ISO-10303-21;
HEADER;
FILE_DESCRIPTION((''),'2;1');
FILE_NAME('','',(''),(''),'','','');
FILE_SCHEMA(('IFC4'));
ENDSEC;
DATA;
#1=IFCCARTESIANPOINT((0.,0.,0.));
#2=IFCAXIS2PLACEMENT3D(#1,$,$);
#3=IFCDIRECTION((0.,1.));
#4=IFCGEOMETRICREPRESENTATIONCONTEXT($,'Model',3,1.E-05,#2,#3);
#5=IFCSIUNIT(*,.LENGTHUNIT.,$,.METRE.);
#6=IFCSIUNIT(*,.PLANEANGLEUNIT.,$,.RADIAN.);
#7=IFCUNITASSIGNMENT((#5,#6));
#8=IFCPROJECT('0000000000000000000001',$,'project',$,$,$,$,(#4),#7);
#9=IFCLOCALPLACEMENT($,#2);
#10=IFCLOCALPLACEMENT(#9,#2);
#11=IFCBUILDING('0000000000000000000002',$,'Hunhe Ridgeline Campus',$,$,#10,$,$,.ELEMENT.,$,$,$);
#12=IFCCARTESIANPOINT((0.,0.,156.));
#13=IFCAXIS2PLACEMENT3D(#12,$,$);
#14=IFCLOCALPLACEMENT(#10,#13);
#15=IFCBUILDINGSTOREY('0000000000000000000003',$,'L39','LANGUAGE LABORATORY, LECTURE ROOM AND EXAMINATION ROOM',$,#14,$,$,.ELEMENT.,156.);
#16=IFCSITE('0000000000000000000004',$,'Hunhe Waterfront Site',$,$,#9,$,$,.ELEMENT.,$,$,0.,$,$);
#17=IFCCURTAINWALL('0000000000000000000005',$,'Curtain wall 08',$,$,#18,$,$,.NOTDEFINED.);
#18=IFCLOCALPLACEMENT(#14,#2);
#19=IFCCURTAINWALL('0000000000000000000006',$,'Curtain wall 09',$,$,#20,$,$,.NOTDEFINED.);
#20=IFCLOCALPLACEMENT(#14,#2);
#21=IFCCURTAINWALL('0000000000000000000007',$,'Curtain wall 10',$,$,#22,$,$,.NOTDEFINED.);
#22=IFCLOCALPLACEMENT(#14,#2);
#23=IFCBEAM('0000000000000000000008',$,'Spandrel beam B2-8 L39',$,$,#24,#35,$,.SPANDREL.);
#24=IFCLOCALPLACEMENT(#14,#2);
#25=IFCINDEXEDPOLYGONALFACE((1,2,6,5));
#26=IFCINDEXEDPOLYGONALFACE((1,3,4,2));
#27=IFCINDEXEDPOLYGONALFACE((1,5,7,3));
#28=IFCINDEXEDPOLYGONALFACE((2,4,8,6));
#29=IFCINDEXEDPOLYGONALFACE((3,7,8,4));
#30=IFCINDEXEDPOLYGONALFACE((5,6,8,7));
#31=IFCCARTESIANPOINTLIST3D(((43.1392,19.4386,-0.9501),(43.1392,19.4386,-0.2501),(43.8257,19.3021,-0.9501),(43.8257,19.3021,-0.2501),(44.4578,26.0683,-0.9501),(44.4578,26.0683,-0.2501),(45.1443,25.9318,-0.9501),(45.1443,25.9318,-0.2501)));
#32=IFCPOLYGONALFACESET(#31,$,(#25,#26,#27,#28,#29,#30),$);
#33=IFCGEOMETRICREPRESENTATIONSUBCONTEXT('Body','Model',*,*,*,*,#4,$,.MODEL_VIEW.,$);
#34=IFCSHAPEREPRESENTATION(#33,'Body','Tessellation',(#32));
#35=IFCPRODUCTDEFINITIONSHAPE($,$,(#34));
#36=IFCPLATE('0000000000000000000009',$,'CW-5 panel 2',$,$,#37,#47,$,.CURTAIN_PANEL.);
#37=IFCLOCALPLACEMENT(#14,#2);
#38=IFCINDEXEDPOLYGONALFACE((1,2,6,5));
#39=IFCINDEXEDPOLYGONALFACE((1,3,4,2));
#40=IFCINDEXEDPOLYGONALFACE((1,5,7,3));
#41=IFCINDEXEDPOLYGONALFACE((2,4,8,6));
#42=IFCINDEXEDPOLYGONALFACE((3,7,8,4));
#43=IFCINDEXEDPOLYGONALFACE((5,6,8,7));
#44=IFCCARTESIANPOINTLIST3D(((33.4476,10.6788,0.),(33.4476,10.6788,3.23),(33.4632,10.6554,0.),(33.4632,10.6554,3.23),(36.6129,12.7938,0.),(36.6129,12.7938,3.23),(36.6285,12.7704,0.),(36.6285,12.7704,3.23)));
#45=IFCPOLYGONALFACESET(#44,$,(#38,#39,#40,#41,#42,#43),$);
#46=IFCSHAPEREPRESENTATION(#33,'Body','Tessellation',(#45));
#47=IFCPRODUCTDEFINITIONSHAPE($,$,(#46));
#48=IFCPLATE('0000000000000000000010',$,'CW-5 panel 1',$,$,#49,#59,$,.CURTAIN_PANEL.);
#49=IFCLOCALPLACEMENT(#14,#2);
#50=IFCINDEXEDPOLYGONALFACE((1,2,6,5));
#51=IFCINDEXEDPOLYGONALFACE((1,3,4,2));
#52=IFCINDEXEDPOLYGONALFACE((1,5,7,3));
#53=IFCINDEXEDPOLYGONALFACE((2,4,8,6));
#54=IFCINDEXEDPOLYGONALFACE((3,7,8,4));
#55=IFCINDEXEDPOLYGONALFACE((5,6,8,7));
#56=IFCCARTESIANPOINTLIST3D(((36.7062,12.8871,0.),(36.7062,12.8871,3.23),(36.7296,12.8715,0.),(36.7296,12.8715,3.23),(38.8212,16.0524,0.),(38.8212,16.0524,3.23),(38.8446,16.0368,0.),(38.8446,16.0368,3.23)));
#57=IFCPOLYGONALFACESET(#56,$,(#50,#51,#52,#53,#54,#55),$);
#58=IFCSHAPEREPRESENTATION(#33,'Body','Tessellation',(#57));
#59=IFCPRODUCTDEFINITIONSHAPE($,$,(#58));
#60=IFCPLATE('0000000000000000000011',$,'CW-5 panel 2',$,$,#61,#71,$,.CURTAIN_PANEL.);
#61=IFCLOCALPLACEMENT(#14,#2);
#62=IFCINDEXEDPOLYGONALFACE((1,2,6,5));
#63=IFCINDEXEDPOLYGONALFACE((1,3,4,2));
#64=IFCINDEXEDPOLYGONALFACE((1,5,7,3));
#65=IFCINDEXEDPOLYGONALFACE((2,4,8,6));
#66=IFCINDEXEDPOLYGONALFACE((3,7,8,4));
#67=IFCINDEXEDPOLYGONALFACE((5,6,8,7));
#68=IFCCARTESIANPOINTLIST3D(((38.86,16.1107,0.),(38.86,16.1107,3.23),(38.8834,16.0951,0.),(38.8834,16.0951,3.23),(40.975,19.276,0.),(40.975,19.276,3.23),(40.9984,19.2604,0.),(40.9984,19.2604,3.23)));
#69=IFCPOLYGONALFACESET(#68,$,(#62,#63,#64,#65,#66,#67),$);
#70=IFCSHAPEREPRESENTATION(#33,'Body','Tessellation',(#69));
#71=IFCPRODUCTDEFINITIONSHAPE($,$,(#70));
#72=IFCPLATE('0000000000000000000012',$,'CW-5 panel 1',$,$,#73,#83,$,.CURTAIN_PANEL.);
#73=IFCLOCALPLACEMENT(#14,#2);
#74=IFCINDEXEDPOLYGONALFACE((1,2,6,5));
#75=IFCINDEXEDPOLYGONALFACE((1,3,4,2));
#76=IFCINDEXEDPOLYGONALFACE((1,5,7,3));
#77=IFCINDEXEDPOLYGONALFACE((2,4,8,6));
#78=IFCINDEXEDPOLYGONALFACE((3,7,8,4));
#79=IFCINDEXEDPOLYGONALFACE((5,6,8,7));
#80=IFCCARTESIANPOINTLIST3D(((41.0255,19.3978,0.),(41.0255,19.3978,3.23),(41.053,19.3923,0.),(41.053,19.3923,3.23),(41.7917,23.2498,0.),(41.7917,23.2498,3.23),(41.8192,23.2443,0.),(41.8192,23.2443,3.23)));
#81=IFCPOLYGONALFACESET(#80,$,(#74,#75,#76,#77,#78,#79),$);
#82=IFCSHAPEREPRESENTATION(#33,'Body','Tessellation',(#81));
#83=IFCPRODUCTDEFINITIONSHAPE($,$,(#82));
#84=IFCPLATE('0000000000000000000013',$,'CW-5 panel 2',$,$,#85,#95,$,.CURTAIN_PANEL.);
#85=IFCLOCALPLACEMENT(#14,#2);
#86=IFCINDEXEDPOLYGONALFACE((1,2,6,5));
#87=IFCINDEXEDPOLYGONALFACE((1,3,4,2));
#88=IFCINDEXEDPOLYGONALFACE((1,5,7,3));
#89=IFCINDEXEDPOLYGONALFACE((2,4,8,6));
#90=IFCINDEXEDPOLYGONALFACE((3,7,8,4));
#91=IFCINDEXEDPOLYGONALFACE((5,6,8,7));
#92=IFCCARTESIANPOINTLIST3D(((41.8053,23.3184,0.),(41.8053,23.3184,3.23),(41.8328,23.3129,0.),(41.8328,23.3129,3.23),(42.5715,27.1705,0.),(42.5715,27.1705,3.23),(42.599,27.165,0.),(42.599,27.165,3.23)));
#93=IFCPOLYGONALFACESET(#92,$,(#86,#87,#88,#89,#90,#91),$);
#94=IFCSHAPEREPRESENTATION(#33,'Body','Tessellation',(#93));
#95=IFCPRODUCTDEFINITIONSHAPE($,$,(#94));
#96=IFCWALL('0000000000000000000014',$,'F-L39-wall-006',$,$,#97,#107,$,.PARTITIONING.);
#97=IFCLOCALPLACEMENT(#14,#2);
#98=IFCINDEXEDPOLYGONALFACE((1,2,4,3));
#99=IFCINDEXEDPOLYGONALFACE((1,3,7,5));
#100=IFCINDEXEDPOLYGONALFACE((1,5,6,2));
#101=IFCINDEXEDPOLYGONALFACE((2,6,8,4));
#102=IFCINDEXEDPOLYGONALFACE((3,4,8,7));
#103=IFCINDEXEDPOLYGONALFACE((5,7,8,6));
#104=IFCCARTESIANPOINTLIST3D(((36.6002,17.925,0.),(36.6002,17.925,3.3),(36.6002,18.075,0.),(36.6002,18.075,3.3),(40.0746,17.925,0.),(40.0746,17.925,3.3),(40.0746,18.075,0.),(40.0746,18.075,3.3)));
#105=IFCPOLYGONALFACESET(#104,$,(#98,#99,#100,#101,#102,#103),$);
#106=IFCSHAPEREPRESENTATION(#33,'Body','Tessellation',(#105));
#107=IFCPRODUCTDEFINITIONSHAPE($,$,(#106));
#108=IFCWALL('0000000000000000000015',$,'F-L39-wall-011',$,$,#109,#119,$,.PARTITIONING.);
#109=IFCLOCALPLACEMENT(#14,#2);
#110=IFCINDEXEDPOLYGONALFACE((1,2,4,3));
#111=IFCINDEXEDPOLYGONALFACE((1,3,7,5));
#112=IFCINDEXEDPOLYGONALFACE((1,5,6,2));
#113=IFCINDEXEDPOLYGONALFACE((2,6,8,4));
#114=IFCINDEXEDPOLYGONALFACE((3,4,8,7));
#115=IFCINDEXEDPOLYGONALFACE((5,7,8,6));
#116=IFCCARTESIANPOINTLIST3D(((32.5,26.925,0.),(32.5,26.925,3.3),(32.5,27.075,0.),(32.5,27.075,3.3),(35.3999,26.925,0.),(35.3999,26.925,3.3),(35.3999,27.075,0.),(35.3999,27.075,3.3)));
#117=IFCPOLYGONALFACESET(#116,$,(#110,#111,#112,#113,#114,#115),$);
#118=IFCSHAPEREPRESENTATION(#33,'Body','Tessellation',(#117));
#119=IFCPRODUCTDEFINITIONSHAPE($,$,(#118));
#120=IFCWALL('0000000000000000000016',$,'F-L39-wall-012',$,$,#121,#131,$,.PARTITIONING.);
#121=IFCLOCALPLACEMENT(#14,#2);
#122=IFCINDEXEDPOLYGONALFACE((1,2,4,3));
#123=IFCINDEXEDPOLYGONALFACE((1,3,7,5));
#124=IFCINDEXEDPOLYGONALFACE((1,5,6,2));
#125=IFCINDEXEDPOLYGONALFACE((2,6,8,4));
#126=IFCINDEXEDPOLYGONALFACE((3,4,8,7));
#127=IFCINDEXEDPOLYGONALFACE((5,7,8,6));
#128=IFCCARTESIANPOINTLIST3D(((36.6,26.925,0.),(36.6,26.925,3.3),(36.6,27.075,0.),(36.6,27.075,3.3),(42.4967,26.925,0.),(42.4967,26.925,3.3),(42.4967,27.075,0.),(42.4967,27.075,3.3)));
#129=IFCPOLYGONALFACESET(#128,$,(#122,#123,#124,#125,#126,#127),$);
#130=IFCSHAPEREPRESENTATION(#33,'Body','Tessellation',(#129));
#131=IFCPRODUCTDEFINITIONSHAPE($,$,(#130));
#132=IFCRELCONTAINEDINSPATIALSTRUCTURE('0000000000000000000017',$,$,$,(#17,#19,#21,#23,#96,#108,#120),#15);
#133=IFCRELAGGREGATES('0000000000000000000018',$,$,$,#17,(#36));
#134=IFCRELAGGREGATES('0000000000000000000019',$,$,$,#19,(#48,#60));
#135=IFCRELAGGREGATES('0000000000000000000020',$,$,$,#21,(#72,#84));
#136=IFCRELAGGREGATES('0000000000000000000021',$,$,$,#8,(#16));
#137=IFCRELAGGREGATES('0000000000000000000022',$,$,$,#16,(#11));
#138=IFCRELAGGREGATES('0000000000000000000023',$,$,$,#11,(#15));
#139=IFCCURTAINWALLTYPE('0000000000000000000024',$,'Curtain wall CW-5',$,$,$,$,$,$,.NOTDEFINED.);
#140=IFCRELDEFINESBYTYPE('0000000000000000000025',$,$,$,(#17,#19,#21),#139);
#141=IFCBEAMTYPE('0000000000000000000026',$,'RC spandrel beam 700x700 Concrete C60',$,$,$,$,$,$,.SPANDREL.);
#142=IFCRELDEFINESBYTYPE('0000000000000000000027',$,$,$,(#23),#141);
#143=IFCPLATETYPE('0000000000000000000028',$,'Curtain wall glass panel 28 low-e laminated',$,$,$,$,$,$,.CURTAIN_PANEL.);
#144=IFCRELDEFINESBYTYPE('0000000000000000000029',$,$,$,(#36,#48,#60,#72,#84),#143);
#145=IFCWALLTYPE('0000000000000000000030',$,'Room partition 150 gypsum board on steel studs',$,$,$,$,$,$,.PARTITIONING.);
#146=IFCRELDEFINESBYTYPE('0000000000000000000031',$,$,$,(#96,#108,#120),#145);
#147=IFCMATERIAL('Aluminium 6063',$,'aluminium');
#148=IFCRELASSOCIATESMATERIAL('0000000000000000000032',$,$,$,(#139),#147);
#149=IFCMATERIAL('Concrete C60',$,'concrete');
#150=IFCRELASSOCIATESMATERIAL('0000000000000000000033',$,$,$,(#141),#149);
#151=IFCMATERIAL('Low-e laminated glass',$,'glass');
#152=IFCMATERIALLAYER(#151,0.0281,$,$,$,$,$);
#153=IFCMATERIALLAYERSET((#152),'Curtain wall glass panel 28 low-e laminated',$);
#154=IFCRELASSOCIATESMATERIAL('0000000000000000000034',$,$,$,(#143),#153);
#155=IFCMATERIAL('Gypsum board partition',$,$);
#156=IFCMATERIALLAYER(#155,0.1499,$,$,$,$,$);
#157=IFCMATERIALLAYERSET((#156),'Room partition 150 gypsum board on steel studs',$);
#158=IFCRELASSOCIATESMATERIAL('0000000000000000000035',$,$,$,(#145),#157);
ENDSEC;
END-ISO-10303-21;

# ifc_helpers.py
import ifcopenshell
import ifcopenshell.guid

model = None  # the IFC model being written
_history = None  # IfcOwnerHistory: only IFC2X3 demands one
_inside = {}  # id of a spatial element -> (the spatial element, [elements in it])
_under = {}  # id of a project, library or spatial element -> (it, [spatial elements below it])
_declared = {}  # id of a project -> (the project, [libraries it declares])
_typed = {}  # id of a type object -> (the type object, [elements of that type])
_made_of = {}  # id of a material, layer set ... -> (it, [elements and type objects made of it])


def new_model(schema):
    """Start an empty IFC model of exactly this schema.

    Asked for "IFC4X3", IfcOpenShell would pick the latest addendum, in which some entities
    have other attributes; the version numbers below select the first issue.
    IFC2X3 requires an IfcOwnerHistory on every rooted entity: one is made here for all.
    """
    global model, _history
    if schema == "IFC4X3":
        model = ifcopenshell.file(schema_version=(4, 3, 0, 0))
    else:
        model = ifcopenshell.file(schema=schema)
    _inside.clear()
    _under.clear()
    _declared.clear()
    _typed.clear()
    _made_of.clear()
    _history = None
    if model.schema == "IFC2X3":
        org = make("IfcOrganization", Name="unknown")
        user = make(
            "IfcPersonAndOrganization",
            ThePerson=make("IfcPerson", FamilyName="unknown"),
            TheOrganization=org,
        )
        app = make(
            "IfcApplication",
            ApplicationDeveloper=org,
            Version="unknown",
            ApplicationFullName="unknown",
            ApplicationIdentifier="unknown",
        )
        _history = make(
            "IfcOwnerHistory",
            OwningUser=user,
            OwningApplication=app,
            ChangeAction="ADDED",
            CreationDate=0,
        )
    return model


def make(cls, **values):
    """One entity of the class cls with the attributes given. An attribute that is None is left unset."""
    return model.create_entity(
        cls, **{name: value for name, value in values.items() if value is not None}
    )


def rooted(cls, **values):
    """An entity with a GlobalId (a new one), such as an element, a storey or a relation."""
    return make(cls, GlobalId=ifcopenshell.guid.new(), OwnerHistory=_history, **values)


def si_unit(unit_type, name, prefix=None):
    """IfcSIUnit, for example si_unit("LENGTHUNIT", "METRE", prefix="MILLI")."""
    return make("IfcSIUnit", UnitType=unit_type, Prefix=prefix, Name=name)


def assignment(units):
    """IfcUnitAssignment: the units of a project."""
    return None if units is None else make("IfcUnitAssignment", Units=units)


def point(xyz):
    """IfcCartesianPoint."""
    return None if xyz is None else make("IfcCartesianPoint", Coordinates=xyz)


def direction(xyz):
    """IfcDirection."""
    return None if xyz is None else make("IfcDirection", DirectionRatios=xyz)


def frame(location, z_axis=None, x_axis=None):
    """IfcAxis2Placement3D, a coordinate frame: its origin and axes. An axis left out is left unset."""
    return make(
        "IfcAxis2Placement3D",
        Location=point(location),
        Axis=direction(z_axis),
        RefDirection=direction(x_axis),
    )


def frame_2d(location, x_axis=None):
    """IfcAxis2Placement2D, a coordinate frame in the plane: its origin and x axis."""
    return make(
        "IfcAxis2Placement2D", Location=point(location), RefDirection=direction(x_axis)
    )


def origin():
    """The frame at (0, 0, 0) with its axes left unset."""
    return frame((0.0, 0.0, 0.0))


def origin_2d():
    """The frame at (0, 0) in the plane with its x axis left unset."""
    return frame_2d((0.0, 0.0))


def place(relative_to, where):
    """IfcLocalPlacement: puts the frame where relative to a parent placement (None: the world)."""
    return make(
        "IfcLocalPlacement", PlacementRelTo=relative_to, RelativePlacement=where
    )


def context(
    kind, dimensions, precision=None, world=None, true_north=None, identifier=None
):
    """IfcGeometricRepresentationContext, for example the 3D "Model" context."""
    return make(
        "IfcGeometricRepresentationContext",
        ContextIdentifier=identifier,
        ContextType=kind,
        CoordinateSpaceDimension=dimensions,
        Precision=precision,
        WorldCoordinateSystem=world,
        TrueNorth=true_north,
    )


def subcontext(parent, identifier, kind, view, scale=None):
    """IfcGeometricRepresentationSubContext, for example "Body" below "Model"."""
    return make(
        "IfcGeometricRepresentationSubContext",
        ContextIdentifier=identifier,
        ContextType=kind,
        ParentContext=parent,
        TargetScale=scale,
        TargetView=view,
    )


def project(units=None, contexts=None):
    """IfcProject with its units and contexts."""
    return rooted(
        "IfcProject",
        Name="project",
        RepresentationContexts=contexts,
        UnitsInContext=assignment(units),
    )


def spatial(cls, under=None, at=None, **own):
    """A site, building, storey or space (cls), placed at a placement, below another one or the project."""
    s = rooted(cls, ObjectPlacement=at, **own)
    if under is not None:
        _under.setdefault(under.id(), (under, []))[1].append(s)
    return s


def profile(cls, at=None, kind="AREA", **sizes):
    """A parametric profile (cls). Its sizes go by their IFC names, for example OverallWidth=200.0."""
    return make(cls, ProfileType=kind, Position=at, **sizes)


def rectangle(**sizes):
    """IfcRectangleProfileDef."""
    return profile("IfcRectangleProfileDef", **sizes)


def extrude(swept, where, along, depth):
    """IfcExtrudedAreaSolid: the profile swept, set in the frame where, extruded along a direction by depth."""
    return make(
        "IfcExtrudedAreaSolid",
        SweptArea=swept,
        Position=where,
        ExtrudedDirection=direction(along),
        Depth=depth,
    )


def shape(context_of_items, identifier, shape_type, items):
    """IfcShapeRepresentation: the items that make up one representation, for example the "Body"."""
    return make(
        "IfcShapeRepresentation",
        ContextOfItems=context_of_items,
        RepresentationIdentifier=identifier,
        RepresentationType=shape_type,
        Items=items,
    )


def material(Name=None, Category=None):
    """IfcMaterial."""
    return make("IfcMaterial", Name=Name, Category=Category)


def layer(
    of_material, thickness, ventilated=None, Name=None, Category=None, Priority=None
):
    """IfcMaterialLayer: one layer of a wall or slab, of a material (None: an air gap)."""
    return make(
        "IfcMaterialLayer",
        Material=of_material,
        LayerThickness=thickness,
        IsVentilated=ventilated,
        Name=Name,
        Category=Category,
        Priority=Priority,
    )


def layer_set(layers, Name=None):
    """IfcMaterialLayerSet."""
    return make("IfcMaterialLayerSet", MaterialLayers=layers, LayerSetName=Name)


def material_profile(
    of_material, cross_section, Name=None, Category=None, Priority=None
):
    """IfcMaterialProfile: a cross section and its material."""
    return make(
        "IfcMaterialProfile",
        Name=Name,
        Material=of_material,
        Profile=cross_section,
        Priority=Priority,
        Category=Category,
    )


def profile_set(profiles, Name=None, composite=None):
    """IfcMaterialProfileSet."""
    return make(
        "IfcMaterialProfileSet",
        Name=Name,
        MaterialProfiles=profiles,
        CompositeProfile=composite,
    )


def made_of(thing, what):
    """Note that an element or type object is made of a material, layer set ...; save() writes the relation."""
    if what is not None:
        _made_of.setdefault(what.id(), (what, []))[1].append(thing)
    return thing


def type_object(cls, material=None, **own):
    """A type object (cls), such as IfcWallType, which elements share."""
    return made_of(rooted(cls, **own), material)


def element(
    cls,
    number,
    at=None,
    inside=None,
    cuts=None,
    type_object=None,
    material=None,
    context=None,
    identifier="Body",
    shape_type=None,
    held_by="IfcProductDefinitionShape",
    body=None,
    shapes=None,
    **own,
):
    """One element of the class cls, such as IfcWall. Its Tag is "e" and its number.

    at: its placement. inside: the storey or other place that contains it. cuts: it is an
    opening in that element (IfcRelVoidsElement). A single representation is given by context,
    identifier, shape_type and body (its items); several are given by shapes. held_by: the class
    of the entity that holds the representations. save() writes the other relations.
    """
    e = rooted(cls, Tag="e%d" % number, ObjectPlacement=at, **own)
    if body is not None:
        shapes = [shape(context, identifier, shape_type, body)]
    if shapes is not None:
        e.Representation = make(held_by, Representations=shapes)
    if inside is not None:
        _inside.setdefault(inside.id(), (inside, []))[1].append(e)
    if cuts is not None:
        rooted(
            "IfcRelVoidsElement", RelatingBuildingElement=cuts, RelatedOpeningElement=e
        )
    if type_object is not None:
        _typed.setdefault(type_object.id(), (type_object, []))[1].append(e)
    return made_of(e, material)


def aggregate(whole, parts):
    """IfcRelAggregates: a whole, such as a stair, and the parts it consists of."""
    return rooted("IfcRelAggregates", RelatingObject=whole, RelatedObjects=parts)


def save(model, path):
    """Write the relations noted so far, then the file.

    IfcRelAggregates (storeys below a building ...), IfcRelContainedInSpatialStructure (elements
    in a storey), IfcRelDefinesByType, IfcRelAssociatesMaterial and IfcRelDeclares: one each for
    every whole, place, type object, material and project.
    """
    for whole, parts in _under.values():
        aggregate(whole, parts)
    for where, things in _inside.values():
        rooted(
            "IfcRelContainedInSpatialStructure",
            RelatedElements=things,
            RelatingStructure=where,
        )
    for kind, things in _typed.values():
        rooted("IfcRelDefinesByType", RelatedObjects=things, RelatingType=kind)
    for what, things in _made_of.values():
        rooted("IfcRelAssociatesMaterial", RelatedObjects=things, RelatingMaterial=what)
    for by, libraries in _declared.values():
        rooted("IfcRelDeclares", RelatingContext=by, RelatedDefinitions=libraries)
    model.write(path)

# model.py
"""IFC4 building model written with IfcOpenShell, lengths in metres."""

from ifc_helpers import new_model, si_unit, direction, frame, frame_2d, origin, origin_2d, place, context, subcontext, project, spatial, rectangle, extrude, material, layer, layer_set, material_profile, profile_set, type_object, element, aggregate, save


model = new_model("IFC4")

# Units and contexts
model_context = context("Model", 3, precision=1e-05, world=origin(), true_north=direction((0.0, 1.0)))
body_context = subcontext(model_context, "Body", "Model", "MODEL_VIEW")
ifc_project = project(units=[si_unit("LENGTHUNIT", "METRE"), si_unit("PLANEANGLEUNIT", "RADIAN")], contexts=[model_context])

# Site, building, storey
site_placement = place(None, origin())
site = spatial("IfcSite", under=ifc_project, at=site_placement, Name="Hunhe Waterfront Site", CompositionType="ELEMENT", RefElevation=0.0)
building_placement = place(site_placement, origin())
building = spatial("IfcBuilding", under=site, at=building_placement, Name="Hunhe Ridgeline Campus", CompositionType="ELEMENT")
storey_placement = place(building_placement, frame((0.0, 0.0, 156.0)))
storey = spatial("IfcBuildingStorey", under=building, at=storey_placement, Name="L39", Description="LANGUAGE LABORATORY, LECTURE ROOM AND EXAMINATION ROOM", CompositionType="ELEMENT", Elevation=156.0)

# Curtain walls
ifc_material_1 = material(Name="Aluminium 6063", Category="aluminium")
curtain_wall_type = type_object("IfcCurtainWallType", Name="Curtain wall CW-5", PredefinedType="NOTDEFINED", material=ifc_material_1)
curtain_wall_1_placement = place(storey_placement, origin())
curtain_wall_1 = element("IfcCurtainWall", 1, at=curtain_wall_1_placement, inside=storey, type_object=curtain_wall_type, Name="Curtain wall 08", PredefinedType="NOTDEFINED")
curtain_wall_2_placement = place(storey_placement, origin())
curtain_wall_2 = element("IfcCurtainWall", 2, at=curtain_wall_2_placement, inside=storey, type_object=curtain_wall_type, Name="Curtain wall 09", PredefinedType="NOTDEFINED")
curtain_wall_3_placement = place(storey_placement, origin())
curtain_wall_3 = element("IfcCurtainWall", 3, at=curtain_wall_3_placement, inside=storey, type_object=curtain_wall_type, Name="Curtain wall 10", PredefinedType="NOTDEFINED")

# Beam
ifc_material_2 = material(Name="Concrete C60", Category="concrete")
ifc_material_profile_1 = material_profile(ifc_material_2, rectangle(XDim=0.7, YDim=0.7, at=origin_2d()))
ifc_profile_set_1 = profile_set([ifc_material_profile_1], Name="Concrete C60")
beam_type = type_object("IfcBeamType", Name="RC spandrel beam 700x700 Concrete C60", PredefinedType="SPANDREL", material=ifc_profile_set_1)
beam_1_placement = place(storey_placement, frame((43.4824, 19.3704, -0.6001), z_axis=(0.195074, 0.980788, 0.0), x_axis=(-0.980788, 0.195074, 0.0)))
element("IfcBeam", 4, at=beam_1_placement, inside=storey, type_object=beam_type, Name="Spandrel beam B2-8 L39", PredefinedType="SPANDREL", context=body_context, shape_type="SweptSolid", body=[
    extrude(rectangle(XDim=0.7, YDim=0.7, at=origin_2d()), origin(), (0.0, 0.0, 1.0), 6.7595),
])

# Plates
ifc_material_3 = material(Name="Low-e laminated glass", Category="glass")
ifc_layer_1 = layer(ifc_material_3, 0.0281)
ifc_layer_set_1 = layer_set([ifc_layer_1], Name="Curtain wall glass panel 28 low-e laminated")
plate_type = type_object("IfcPlateType", Name="Curtain wall glass panel 28 low-e laminated", PredefinedType="CURTAIN_PANEL", material=ifc_layer_set_1)
plate_1_placement = place(storey_placement, frame((35.0381, 11.7246, 0.0), z_axis=(0.0, 0.0, 1.0), x_axis=(0.83147, 0.55557, 0.0)))
plate_1 = element("IfcPlate", 5, at=plate_1_placement, type_object=plate_type, Name="CW-5 panel 2", PredefinedType="CURTAIN_PANEL", context=body_context, shape_type="SweptSolid", body=[
    extrude(rectangle(XDim=3.8069, YDim=0.0281, at=origin_2d()), origin(), (0.0, 0.0, 1.0), 3.23),
])
aggregate(curtain_wall_1, [plate_1])
plate_2_placement = place(storey_placement, frame((37.7754, 14.4619, 0.0), z_axis=(0.0, 0.0, 1.0), x_axis=(0.55557, 0.83147, 0.0)))
plate_2 = element("IfcPlate", 6, at=plate_2_placement, type_object=plate_type, Name="CW-5 panel 1", PredefinedType="CURTAIN_PANEL", context=body_context, shape_type="SweptSolid", body=[
    extrude(rectangle(XDim=3.8069, YDim=0.0281, at=origin_2d()), origin(), (0.0, 0.0, 1.0), 3.23),
])
plate_3_placement = place(storey_placement, frame((39.9292, 17.6855, 0.0), z_axis=(0.0, 0.0, 1.0), x_axis=(0.55557, 0.83147, 0.0)))
plate_3 = element("IfcPlate", 7, at=plate_3_placement, type_object=plate_type, Name="CW-5 panel 2", PredefinedType="CURTAIN_PANEL", context=body_context, shape_type="SweptSolid", body=[
    extrude(rectangle(XDim=3.8069, YDim=0.0281, at=origin_2d()), origin(), (0.0, 0.0, 1.0), 3.23),
])
aggregate(curtain_wall_2, [plate_2, plate_3])
plate_4_placement = place(storey_placement, frame((41.4224, 21.321, 0.0), z_axis=(0.0, 0.0, 1.0), x_axis=(0.19509, 0.980785, 0.0)))
plate_4 = element("IfcPlate", 8, at=plate_4_placement, type_object=plate_type, Name="CW-5 panel 1", PredefinedType="CURTAIN_PANEL", context=body_context, shape_type="SweptSolid", body=[
    extrude(rectangle(XDim=3.9275, YDim=0.0281, at=origin_2d()), origin(), (0.0, 0.0, 1.0), 3.23),
])
plate_5_placement = place(storey_placement, frame((42.2021, 25.2417, 0.0), z_axis=(0.0, 0.0, 1.0), x_axis=(0.19509, 0.980785, 0.0)))
plate_5 = element("IfcPlate", 9, at=plate_5_placement, type_object=plate_type, Name="CW-5 panel 2", PredefinedType="CURTAIN_PANEL", context=body_context, shape_type="SweptSolid", body=[
    extrude(rectangle(XDim=3.9275, YDim=0.0281, at=origin_2d()), origin(), (0.0, 0.0, 1.0), 3.23),
])
aggregate(curtain_wall_3, [plate_4, plate_5])

# Walls
ifc_material_4 = material(Name="Gypsum board partition")
ifc_layer_2 = layer(ifc_material_4, 0.1499)
ifc_layer_set_2 = layer_set([ifc_layer_2], Name="Room partition 150 gypsum board on steel studs")
wall_type = type_object("IfcWallType", Name="Room partition 150 gypsum board on steel studs", PredefinedType="PARTITIONING", material=ifc_layer_set_2)
wall_1_placement = place(storey_placement, frame((36.6001, 18.0, 0.0), z_axis=(0.0, 0.0, 1.0), x_axis=(1.0, 0.0, 0.0)))
element("IfcWall", 10, at=wall_1_placement, inside=storey, type_object=wall_type, Name="F-L39-wall-006", PredefinedType="PARTITIONING", context=body_context, shape_type="SweptSolid", body=[
    extrude(rectangle(XDim=3.4744, YDim=0.1499, at=frame_2d((1.7373, 0.0))), origin(), (0.0, 0.0, 1.0), 3.3),
])
wall_2_placement = place(storey_placement, frame((32.5, 27.0, 0.0), z_axis=(0.0, 0.0, 1.0), x_axis=(1.0, 0.0, 0.0)))
element("IfcWall", 11, at=wall_2_placement, inside=storey, type_object=wall_type, Name="F-L39-wall-011", PredefinedType="PARTITIONING", context=body_context, shape_type="SweptSolid", body=[
    extrude(rectangle(XDim=2.8999, YDim=0.1499, at=frame_2d((1.45, 0.0))), origin(), (0.0, 0.0, 1.0), 3.3),
])
wall_3_placement = place(storey_placement, frame((36.6001, 27.0, 0.0), z_axis=(0.0, 0.0, 1.0), x_axis=(1.0, 0.0, 0.0)))
element("IfcWall", 12, at=wall_3_placement, inside=storey, type_object=wall_type, Name="F-L39-wall-012", PredefinedType="PARTITIONING", context=body_context, shape_type="SweptSolid", body=[
    extrude(rectangle(XDim=5.8967, YDim=0.1499, at=frame_2d((2.9482, 0.0))), origin(), (0.0, 0.0, 1.0), 3.3),
])

save(model, "model.ifc")
